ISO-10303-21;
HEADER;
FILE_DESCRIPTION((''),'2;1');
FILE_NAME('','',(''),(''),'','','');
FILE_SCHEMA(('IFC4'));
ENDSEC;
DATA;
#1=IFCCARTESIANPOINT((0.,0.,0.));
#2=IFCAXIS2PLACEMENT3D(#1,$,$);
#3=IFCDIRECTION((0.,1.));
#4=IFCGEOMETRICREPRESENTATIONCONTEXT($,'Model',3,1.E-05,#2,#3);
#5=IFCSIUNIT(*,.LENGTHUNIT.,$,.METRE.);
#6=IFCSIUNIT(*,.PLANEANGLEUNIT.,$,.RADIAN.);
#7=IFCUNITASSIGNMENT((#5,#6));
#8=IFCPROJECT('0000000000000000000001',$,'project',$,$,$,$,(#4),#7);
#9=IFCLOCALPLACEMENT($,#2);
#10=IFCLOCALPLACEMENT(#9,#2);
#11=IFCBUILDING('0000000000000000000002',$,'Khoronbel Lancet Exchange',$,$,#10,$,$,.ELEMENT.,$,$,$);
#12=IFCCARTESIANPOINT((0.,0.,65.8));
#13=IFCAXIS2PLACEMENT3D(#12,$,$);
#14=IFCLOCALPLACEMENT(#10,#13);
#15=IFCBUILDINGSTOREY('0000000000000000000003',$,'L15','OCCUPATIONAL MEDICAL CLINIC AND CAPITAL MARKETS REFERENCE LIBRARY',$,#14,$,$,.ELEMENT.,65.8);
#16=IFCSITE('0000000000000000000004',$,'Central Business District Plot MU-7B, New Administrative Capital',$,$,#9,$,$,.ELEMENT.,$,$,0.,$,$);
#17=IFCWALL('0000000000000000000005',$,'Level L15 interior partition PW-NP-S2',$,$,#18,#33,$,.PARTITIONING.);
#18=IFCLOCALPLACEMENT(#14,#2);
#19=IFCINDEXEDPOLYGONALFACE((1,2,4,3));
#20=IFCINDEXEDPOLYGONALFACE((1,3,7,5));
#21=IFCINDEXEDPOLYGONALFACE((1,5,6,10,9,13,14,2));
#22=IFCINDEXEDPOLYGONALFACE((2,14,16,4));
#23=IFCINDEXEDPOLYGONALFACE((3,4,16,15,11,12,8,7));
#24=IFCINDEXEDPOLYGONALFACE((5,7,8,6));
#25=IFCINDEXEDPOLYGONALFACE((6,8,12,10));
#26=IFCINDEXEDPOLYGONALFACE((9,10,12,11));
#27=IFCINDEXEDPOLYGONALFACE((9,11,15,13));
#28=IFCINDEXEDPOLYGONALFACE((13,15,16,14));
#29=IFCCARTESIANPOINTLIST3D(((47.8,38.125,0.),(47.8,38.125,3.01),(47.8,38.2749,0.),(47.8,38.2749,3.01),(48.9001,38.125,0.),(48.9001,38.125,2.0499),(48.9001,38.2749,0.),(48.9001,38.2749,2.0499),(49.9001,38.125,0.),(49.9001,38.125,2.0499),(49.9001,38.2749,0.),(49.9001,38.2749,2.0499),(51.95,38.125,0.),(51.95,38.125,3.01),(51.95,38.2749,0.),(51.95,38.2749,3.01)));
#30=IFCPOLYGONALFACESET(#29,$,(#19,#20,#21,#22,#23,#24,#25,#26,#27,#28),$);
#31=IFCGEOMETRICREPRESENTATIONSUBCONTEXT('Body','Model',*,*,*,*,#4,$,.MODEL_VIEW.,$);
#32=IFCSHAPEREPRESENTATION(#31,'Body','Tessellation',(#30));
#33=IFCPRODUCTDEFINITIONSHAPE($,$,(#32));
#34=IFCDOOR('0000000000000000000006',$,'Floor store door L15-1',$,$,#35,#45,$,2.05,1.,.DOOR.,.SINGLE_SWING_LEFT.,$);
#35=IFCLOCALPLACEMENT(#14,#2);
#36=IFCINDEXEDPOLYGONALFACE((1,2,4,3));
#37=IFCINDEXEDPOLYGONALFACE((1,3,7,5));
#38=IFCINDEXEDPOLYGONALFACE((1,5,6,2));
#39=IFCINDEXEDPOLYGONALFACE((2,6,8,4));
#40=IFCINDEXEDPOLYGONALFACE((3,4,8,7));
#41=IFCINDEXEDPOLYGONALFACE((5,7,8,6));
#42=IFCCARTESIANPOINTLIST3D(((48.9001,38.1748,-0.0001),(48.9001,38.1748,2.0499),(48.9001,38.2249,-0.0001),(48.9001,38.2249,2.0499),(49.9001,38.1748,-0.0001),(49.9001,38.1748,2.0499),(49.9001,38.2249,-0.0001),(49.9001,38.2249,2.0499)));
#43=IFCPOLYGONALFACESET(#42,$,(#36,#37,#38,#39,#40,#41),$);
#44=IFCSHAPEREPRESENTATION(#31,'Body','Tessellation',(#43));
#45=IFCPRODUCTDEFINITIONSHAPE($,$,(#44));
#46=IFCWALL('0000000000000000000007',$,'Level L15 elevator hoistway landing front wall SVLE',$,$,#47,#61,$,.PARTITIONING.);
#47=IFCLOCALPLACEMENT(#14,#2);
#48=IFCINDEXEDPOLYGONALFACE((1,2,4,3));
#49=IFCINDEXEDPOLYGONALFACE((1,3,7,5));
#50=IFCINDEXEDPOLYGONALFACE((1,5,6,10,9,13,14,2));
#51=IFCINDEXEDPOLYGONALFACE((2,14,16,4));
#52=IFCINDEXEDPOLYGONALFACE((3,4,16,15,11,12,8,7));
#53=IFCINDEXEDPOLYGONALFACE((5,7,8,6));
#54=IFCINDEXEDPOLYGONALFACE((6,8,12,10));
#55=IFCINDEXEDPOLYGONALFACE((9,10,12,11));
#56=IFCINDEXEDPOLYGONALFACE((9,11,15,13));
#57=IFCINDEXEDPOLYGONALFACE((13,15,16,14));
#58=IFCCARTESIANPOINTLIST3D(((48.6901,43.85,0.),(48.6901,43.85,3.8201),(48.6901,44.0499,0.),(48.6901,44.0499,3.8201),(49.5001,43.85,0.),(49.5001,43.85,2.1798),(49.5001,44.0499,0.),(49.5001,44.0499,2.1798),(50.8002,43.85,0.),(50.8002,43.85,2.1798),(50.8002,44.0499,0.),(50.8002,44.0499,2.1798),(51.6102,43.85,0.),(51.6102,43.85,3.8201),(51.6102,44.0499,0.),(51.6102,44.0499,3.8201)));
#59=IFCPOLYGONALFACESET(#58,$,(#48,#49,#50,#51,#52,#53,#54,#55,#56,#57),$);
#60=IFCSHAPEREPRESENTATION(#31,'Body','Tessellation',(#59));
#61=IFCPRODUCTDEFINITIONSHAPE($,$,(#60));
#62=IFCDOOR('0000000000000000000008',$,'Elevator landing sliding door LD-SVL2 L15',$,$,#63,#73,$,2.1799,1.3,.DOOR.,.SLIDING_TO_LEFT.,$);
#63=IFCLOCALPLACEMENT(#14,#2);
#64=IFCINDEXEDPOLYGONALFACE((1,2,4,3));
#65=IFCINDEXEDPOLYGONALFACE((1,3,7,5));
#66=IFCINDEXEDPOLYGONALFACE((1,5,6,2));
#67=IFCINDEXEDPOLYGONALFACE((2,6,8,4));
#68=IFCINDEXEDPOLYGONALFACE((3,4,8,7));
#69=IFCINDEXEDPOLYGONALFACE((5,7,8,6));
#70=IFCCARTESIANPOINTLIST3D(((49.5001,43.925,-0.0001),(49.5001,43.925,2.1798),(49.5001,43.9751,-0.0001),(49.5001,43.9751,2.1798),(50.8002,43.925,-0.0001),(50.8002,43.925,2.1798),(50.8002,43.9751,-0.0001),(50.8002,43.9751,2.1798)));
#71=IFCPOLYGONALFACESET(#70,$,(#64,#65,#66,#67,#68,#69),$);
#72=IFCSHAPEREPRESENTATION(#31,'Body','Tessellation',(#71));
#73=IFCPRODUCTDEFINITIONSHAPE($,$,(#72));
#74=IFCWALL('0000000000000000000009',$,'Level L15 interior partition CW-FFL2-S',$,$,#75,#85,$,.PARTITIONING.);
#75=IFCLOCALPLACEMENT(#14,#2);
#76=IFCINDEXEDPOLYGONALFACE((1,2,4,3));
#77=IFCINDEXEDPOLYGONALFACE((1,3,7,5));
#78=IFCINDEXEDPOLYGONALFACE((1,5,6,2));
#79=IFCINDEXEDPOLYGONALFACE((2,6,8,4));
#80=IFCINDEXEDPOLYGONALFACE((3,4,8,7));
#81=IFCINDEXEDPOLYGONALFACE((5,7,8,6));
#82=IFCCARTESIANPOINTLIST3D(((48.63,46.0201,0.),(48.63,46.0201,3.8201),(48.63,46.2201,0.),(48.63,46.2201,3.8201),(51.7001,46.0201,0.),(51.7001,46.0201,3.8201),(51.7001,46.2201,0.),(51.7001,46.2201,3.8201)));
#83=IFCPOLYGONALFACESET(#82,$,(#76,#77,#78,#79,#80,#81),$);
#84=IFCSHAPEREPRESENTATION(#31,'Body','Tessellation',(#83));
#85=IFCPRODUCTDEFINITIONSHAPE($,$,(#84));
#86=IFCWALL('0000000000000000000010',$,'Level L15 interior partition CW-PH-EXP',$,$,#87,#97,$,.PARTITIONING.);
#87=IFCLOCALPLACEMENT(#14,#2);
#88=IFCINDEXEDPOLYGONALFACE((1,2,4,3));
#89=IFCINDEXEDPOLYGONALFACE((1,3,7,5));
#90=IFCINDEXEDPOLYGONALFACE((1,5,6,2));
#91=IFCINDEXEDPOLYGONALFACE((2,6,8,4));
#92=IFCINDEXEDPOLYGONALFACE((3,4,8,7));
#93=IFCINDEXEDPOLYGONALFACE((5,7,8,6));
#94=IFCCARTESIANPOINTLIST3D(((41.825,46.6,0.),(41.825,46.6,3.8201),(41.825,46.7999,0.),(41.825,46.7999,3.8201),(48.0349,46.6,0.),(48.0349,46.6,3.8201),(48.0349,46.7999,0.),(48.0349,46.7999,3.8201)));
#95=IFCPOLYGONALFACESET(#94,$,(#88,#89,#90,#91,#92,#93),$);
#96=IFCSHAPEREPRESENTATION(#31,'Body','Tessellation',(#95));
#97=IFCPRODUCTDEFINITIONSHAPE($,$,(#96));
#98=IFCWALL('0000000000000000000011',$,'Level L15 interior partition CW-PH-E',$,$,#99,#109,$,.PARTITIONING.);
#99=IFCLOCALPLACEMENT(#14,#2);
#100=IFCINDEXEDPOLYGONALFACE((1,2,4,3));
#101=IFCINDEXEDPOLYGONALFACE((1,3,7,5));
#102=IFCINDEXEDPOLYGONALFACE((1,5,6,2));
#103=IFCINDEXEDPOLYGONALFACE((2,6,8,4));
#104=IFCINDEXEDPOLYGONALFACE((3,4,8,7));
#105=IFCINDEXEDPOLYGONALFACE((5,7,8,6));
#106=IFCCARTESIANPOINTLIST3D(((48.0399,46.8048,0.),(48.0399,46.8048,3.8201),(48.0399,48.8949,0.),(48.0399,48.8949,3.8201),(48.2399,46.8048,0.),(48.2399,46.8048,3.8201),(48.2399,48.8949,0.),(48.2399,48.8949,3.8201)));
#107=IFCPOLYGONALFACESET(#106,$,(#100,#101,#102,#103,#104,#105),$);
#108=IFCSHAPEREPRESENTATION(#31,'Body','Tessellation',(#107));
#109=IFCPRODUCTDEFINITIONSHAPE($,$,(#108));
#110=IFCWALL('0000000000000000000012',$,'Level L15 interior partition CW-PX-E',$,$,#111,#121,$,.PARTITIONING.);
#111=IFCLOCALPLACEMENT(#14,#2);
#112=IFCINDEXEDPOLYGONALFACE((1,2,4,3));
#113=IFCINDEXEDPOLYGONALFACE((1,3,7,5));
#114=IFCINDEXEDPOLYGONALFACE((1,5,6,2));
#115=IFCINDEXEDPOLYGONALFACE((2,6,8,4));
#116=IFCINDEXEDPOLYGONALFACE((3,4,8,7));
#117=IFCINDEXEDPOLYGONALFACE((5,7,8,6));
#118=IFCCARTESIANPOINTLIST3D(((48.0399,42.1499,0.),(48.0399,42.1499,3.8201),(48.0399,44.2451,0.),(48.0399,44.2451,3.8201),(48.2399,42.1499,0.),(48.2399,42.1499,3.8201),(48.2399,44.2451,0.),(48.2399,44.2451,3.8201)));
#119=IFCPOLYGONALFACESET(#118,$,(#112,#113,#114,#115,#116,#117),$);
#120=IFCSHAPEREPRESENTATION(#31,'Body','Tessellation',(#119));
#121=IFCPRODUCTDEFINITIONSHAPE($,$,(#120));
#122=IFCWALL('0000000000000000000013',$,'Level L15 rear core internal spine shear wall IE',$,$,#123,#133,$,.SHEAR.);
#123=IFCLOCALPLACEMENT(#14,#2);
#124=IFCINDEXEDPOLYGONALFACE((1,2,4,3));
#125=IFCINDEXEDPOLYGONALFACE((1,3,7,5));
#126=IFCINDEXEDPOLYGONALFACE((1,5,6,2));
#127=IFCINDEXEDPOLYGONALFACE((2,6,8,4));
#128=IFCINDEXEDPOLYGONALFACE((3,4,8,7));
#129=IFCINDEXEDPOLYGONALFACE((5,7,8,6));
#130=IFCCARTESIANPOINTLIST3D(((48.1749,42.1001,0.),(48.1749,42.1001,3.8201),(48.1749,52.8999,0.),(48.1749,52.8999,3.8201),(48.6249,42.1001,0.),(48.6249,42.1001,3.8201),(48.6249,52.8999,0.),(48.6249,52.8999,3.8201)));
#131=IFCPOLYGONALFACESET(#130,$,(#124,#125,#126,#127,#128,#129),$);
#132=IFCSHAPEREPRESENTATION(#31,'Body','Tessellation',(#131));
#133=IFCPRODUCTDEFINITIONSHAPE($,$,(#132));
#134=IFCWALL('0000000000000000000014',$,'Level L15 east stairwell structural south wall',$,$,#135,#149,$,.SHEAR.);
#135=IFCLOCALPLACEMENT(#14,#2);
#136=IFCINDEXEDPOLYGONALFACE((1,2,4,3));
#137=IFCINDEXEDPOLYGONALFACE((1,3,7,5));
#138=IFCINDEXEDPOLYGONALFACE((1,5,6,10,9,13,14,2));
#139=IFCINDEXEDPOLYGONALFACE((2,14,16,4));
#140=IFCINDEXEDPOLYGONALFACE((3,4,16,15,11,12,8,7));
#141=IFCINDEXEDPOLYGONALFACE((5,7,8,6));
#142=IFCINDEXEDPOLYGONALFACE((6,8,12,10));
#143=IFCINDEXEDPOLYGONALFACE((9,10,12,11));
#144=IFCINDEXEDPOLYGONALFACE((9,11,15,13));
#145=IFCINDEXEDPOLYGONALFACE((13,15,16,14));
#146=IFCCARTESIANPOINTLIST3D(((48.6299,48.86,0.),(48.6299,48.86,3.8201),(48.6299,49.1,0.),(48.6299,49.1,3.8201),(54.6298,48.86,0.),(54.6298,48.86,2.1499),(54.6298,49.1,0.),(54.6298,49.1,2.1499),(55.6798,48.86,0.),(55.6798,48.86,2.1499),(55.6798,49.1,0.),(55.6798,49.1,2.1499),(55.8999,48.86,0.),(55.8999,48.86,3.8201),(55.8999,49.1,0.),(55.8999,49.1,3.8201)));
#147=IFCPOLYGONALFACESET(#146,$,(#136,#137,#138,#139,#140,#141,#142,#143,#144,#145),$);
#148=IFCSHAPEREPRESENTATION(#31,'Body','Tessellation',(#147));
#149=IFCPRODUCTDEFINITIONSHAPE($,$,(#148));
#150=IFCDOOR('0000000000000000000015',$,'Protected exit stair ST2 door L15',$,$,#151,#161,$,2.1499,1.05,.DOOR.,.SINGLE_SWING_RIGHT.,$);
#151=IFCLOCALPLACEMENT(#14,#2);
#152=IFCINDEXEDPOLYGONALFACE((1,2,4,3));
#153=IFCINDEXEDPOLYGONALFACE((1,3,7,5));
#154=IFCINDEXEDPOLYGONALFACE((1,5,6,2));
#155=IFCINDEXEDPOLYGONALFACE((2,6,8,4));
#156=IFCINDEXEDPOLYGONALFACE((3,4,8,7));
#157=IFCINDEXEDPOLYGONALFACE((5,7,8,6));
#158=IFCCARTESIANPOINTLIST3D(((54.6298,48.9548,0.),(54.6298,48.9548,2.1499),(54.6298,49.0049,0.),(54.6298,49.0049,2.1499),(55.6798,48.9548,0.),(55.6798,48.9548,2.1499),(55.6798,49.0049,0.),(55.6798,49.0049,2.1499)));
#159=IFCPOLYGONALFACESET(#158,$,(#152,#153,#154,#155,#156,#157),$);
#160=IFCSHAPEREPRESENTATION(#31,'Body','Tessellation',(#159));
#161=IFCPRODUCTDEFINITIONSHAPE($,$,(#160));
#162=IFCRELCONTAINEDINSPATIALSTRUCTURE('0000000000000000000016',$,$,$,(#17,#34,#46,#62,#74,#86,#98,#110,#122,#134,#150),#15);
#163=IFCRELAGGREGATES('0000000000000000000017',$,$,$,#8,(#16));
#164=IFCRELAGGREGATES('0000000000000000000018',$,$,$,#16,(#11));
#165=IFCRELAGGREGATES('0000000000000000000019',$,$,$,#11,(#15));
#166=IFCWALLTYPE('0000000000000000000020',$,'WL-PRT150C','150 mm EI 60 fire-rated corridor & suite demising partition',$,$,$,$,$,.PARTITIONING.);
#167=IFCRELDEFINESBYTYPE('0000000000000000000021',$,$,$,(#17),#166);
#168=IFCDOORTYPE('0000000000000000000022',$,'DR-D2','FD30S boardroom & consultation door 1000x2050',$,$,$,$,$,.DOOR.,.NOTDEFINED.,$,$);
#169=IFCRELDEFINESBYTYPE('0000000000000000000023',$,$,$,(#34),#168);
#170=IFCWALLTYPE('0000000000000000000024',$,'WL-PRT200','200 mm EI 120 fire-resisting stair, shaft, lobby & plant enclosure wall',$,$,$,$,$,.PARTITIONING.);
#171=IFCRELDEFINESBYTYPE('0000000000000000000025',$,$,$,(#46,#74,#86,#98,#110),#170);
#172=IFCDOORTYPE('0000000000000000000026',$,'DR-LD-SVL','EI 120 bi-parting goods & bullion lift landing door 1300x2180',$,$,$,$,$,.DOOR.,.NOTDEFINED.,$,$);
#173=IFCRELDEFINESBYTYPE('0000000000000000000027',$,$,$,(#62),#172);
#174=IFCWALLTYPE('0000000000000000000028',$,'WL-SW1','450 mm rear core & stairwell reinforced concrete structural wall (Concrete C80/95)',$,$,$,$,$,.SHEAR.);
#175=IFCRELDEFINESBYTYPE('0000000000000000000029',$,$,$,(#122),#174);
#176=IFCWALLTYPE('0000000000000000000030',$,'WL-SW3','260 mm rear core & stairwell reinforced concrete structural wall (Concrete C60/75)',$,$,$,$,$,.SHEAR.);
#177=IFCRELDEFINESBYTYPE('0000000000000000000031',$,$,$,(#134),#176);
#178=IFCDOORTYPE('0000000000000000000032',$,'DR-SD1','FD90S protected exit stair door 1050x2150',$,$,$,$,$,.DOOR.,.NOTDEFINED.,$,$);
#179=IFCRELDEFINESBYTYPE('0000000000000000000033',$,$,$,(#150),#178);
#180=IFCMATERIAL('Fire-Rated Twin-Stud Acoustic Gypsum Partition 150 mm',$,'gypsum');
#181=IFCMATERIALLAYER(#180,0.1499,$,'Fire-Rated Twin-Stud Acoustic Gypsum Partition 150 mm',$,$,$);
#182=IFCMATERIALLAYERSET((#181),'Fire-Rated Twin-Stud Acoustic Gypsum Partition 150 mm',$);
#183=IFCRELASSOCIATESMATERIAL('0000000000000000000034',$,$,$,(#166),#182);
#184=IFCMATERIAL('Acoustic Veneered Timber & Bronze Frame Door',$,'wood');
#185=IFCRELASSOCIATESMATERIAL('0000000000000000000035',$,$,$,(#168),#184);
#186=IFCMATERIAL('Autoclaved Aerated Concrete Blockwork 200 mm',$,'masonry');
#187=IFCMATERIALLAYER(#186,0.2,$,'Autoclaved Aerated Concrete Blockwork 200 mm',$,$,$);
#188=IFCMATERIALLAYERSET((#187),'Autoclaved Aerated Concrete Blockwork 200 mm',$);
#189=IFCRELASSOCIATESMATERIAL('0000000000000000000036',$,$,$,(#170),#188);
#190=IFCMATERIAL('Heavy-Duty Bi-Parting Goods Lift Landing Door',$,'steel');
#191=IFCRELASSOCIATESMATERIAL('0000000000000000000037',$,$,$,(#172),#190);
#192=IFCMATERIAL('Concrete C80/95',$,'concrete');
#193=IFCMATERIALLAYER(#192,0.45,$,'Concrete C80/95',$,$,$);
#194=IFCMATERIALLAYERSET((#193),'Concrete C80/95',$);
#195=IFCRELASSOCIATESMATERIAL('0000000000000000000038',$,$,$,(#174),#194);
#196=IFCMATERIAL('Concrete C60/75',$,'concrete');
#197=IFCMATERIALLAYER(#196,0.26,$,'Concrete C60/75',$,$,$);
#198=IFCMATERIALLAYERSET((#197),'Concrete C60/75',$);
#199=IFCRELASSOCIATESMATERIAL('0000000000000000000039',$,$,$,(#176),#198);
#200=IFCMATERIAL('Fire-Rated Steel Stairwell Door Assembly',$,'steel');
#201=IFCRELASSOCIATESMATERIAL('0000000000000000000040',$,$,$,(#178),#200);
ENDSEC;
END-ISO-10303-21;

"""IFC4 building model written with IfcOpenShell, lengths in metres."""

from ifc_helpers import new_model, si_unit, direction, frame, frame_2d, origin, place, context, subcontext, project, spatial, rectangle, extrude, material, layer, layer_set, type_object, element, fill, save


model = new_model("IFC4")

# Units and contexts
model_context = context("Model", 3, precision=1e-05, world=origin(), true_north=direction((0.0, 1.0)))
body_context = subcontext(model_context, "Body", "Model", "MODEL_VIEW")
ifc_project = project(units=[si_unit("LENGTHUNIT", "METRE"), si_unit("PLANEANGLEUNIT", "RADIAN")], contexts=[model_context])

# Site, building, storey
site_placement = place(None, origin())
site = spatial("IfcSite", under=ifc_project, at=site_placement, Name="Central Business District Plot MU-7B, New Administrative Capital", CompositionType="ELEMENT", RefElevation=0.0)
building_placement = place(site_placement, origin())
building = spatial("IfcBuilding", under=site, at=building_placement, Name="Khoronbel Lancet Exchange", CompositionType="ELEMENT")
storey_placement = place(building_placement, frame((0.0, 0.0, 65.8)))
storey = spatial("IfcBuildingStorey", under=building, at=storey_placement, Name="L15", Description="OCCUPATIONAL MEDICAL CLINIC AND CAPITAL MARKETS REFERENCE LIBRARY", CompositionType="ELEMENT", Elevation=65.8)

# Walls, openings, doors
ifc_material_1 = material(Name="Fire-Rated Twin-Stud Acoustic Gypsum Partition 150 mm", Category="gypsum")
ifc_layer_1 = layer(ifc_material_1, 0.1499, Name="Fire-Rated Twin-Stud Acoustic Gypsum Partition 150 mm")
ifc_layer_set_1 = layer_set([ifc_layer_1], Name="Fire-Rated Twin-Stud Acoustic Gypsum Partition 150 mm")
wall_type_1 = type_object("IfcWallType", Name="WL-PRT150C", Description="150 mm EI 60 fire-rated corridor & suite demising partition", PredefinedType="PARTITIONING", material=ifc_layer_set_1)
wall_1_placement = place(storey_placement, frame((47.8, 38.2, 0.0), z_axis=(0.0, 0.0, 1.0), x_axis=(1.0, 0.0, 0.0)))
wall_1 = element("IfcWall", 1, at=wall_1_placement, inside=storey, type_object=wall_type_1, Name="Level L15 interior partition PW-NP-S2", PredefinedType="PARTITIONING", context=body_context, shape_type="SweptSolid", body=[
    extrude(rectangle(XDim=4.1499, YDim=0.1499, at=frame_2d((2.075, 0.0))), origin(), (0.0, 0.0, 1.0), 3.01),
])
opening_1_placement = place(wall_1_placement, frame((1.1001, 0.0, 0.0)))
opening_1 = element("IfcOpeningElement", 2, at=opening_1_placement, cuts=wall_1, PredefinedType="OPENING", context=body_context, shape_type="SweptSolid", body=[
    extrude(rectangle(XDim=1.0, YDim=2.05, at=frame_2d((0.5, 1.0249))), frame((0.0, 0.085, 0.0), z_axis=(0.0, -1.0, 0.0), x_axis=(1.0, 0.0, 0.0)), (0.0, 0.0, 1.0), 0.1699),
])
ifc_material_2 = material(Name="Acoustic Veneered Timber & Bronze Frame Door", Category="wood")
door_type_1 = type_object("IfcDoorType", Name="DR-D2", Description="FD30S boardroom & consultation door 1000x2050", OperationType="NOTDEFINED", PredefinedType="DOOR", material=ifc_material_2)
door_1_placement = place(opening_1_placement, origin())
door_1 = element("IfcDoor", 3, at=door_1_placement, inside=storey, type_object=door_type_1, Name="Floor store door L15-1", OperationType="SINGLE_SWING_LEFT", OverallHeight=2.05, OverallWidth=1.0, PredefinedType="DOOR", context=body_context, shape_type="SweptSolid", body=[
    extrude(rectangle(XDim=1.0, YDim=2.05, at=frame_2d((0.5, 1.0249))), frame((0.0, 0.0249, 0.0), z_axis=(0.0, -1.0, 0.0), x_axis=(1.0, 0.0, 0.0)), (0.0, 0.0, 1.0), 0.05),
])
fill(opening_1, door_1)
ifc_material_3 = material(Name="Autoclaved Aerated Concrete Blockwork 200 mm", Category="masonry")
ifc_layer_2 = layer(ifc_material_3, 0.2, Name="Autoclaved Aerated Concrete Blockwork 200 mm")
ifc_layer_set_2 = layer_set([ifc_layer_2], Name="Autoclaved Aerated Concrete Blockwork 200 mm")
wall_type_2 = type_object("IfcWallType", Name="WL-PRT200", Description="200 mm EI 120 fire-resisting stair, shaft, lobby & plant enclosure wall", PredefinedType="PARTITIONING", material=ifc_layer_set_2)
wall_2_placement = place(storey_placement, frame((51.6101, 43.95, 0.0), z_axis=(0.0, 0.0, 1.0), x_axis=(-1.0, 0.0, 0.0)))
wall_2 = element("IfcWall", 4, at=wall_2_placement, inside=storey, type_object=wall_type_2, Name="Level L15 elevator hoistway landing front wall SVLE", PredefinedType="PARTITIONING", context=body_context, shape_type="SweptSolid", body=[
    extrude(rectangle(XDim=2.9202, YDim=0.2, at=frame_2d((1.46, 0.0))), origin(), (0.0, 0.0, 1.0), 3.8201),
])
opening_2_placement = place(wall_2_placement, frame((0.8101, 0.0, 0.0)))
opening_2 = element("IfcOpeningElement", 5, at=opening_2_placement, cuts=wall_2, PredefinedType="OPENING", context=body_context, shape_type="SweptSolid", body=[
    extrude(rectangle(XDim=1.3, YDim=2.1799, at=frame_2d((0.6499, 1.0898))), frame((0.0, 0.1099, 0.0), z_axis=(0.0, -1.0, 0.0), x_axis=(1.0, 0.0, 0.0)), (0.0, 0.0, 1.0), 0.22),
])
ifc_material_4 = material(Name="Heavy-Duty Bi-Parting Goods Lift Landing Door", Category="steel")
door_type_2 = type_object("IfcDoorType", Name="DR-LD-SVL", Description="EI 120 bi-parting goods & bullion lift landing door 1300x2180", OperationType="NOTDEFINED", PredefinedType="DOOR", material=ifc_material_4)
door_2_placement = place(opening_2_placement, origin())
door_2 = element("IfcDoor", 6, at=door_2_placement, inside=storey, type_object=door_type_2, Name="Elevator landing sliding door LD-SVL2 L15", OperationType="SLIDING_TO_LEFT", OverallHeight=2.1799, OverallWidth=1.3, PredefinedType="DOOR", context=body_context, shape_type="SweptSolid", body=[
    extrude(rectangle(XDim=1.3, YDim=2.1799, at=frame_2d((0.6499, 1.0898))), frame((0.0, 0.0249, 0.0), z_axis=(0.0, -1.0, 0.0), x_axis=(1.0, 0.0, 0.0)), (0.0, 0.0, 1.0), 0.05),
])
fill(opening_2, door_2)

# Walls
wall_3_placement = place(storey_placement, frame((48.6299, 46.1201, 0.0), z_axis=(0.0, 0.0, 1.0), x_axis=(1.0, 0.0, 0.0)))
element("IfcWall", 7, at=wall_3_placement, inside=storey, type_object=wall_type_2, Name="Level L15 interior partition CW-FFL2-S", PredefinedType="PARTITIONING", context=body_context, shape_type="SweptSolid", body=[
    extrude(rectangle(XDim=3.0701, YDim=0.2, at=frame_2d((1.5352, 0.0))), origin(), (0.0, 0.0, 1.0), 3.8201),
])
wall_4_placement = place(storey_placement, frame((41.825, 46.7, 0.0), z_axis=(0.0, 0.0, 1.0), x_axis=(1.0, 0.0, 0.0)))
element("IfcWall", 8, at=wall_4_placement, inside=storey, type_object=wall_type_2, Name="Level L15 interior partition CW-PH-EXP", PredefinedType="PARTITIONING", context=body_context, shape_type="SweptSolid", body=[
    extrude(rectangle(XDim=6.21, YDim=0.2, at=frame_2d((3.105, 0.0))), origin(), (0.0, 0.0, 1.0), 3.8201),
])
wall_5_placement = place(storey_placement, frame((48.1399, 46.8049, 0.0), z_axis=(0.0, 0.0, 1.0), x_axis=(0.0, 1.0, 0.0)))
element("IfcWall", 9, at=wall_5_placement, inside=storey, type_object=wall_type_2, Name="Level L15 interior partition CW-PH-E", PredefinedType="PARTITIONING", context=body_context, shape_type="SweptSolid", body=[
    extrude(rectangle(XDim=2.0901, YDim=0.2, at=frame_2d((1.0449, 0.0))), origin(), (0.0, 0.0, 1.0), 3.8201),
])
wall_6_placement = place(storey_placement, frame((48.1399, 42.1499, 0.0), z_axis=(0.0, 0.0, 1.0), x_axis=(0.0, 1.0, 0.0)))
element("IfcWall", 10, at=wall_6_placement, inside=storey, type_object=wall_type_2, Name="Level L15 interior partition CW-PX-E", PredefinedType="PARTITIONING", context=body_context, shape_type="SweptSolid", body=[
    extrude(rectangle(XDim=2.0952, YDim=0.2, at=frame_2d((1.0476, 0.0))), origin(), (0.0, 0.0, 1.0), 3.8201),
])
ifc_material_5 = material(Name="Concrete C80/95", Category="concrete")
ifc_layer_3 = layer(ifc_material_5, 0.45, Name="Concrete C80/95")
ifc_layer_set_3 = layer_set([ifc_layer_3], Name="Concrete C80/95")
wall_type_3 = type_object("IfcWallType", Name="WL-SW1", Description="450 mm rear core & stairwell reinforced concrete structural wall (Concrete C80/95)", PredefinedType="SHEAR", material=ifc_layer_set_3)
wall_7_placement = place(storey_placement, frame((48.3999, 42.1001, 0.0), z_axis=(0.0, 0.0, 1.0), x_axis=(0.0, 1.0, 0.0)))
element("IfcWall", 11, at=wall_7_placement, inside=storey, type_object=wall_type_3, Name="Level L15 rear core internal spine shear wall IE", PredefinedType="SHEAR", context=body_context, shape_type="SweptSolid", body=[
    extrude(rectangle(XDim=10.7998, YDim=0.45, at=frame_2d((5.3999, 0.0))), origin(), (0.0, 0.0, 1.0), 3.8201),
])

# Wall, opening, door
ifc_material_6 = material(Name="Concrete C60/75", Category="concrete")
ifc_layer_4 = layer(ifc_material_6, 0.26, Name="Concrete C60/75")
ifc_layer_set_4 = layer_set([ifc_layer_4], Name="Concrete C60/75")
wall_type_4 = type_object("IfcWallType", Name="WL-SW3", Description="260 mm rear core & stairwell reinforced concrete structural wall (Concrete C60/75)", PredefinedType="SHEAR", material=ifc_layer_set_4)
wall_8_placement = place(storey_placement, frame((48.6299, 48.98, 0.0), z_axis=(0.0, 0.0, 1.0), x_axis=(1.0, 0.0, 0.0)))
wall_8 = element("IfcWall", 12, at=wall_8_placement, inside=storey, type_object=wall_type_4, Name="Level L15 east stairwell structural south wall", PredefinedType="SHEAR", context=body_context, shape_type="SweptSolid", body=[
    extrude(rectangle(XDim=7.27, YDim=0.24, at=frame_2d((3.635, 0.0))), origin(), (0.0, 0.0, 1.0), 3.8201),
])
opening_3_placement = place(wall_8_placement, frame((6.0, 0.0, 0.0)))
opening_3 = element("IfcOpeningElement", 13, at=opening_3_placement, cuts=wall_8, PredefinedType="OPENING", context=body_context, shape_type="SweptSolid", body=[
    extrude(rectangle(XDim=1.05, YDim=2.1499, at=frame_2d((0.5249, 1.075))), frame((0.0, 0.1299, 0.0), z_axis=(0.0, -1.0, 0.0), x_axis=(1.0, 0.0, 0.0)), (0.0, 0.0, 1.0), 0.26),
])
ifc_material_7 = material(Name="Fire-Rated Steel Stairwell Door Assembly", Category="steel")
door_type_3 = type_object("IfcDoorType", Name="DR-SD1", Description="FD90S protected exit stair door 1050x2150", OperationType="NOTDEFINED", PredefinedType="DOOR", material=ifc_material_7)
door_3_placement = place(opening_3_placement, origin())
door_3 = element("IfcDoor", 14, at=door_3_placement, inside=storey, type_object=door_type_3, Name="Protected exit stair ST2 door L15", OperationType="SINGLE_SWING_RIGHT", OverallHeight=2.1499, OverallWidth=1.05, PredefinedType="DOOR", context=body_context, shape_type="SweptSolid", body=[
    extrude(rectangle(XDim=1.05, YDim=2.1499, at=frame_2d((0.5249, 1.075))), frame((0.0, 0.0249, 0.0), z_axis=(0.0, -1.0, 0.0), x_axis=(1.0, 0.0, 0.0)), (0.0, 0.0, 1.0), 0.05),
])
fill(opening_3, door_3)

save(model, "model.ifc")
